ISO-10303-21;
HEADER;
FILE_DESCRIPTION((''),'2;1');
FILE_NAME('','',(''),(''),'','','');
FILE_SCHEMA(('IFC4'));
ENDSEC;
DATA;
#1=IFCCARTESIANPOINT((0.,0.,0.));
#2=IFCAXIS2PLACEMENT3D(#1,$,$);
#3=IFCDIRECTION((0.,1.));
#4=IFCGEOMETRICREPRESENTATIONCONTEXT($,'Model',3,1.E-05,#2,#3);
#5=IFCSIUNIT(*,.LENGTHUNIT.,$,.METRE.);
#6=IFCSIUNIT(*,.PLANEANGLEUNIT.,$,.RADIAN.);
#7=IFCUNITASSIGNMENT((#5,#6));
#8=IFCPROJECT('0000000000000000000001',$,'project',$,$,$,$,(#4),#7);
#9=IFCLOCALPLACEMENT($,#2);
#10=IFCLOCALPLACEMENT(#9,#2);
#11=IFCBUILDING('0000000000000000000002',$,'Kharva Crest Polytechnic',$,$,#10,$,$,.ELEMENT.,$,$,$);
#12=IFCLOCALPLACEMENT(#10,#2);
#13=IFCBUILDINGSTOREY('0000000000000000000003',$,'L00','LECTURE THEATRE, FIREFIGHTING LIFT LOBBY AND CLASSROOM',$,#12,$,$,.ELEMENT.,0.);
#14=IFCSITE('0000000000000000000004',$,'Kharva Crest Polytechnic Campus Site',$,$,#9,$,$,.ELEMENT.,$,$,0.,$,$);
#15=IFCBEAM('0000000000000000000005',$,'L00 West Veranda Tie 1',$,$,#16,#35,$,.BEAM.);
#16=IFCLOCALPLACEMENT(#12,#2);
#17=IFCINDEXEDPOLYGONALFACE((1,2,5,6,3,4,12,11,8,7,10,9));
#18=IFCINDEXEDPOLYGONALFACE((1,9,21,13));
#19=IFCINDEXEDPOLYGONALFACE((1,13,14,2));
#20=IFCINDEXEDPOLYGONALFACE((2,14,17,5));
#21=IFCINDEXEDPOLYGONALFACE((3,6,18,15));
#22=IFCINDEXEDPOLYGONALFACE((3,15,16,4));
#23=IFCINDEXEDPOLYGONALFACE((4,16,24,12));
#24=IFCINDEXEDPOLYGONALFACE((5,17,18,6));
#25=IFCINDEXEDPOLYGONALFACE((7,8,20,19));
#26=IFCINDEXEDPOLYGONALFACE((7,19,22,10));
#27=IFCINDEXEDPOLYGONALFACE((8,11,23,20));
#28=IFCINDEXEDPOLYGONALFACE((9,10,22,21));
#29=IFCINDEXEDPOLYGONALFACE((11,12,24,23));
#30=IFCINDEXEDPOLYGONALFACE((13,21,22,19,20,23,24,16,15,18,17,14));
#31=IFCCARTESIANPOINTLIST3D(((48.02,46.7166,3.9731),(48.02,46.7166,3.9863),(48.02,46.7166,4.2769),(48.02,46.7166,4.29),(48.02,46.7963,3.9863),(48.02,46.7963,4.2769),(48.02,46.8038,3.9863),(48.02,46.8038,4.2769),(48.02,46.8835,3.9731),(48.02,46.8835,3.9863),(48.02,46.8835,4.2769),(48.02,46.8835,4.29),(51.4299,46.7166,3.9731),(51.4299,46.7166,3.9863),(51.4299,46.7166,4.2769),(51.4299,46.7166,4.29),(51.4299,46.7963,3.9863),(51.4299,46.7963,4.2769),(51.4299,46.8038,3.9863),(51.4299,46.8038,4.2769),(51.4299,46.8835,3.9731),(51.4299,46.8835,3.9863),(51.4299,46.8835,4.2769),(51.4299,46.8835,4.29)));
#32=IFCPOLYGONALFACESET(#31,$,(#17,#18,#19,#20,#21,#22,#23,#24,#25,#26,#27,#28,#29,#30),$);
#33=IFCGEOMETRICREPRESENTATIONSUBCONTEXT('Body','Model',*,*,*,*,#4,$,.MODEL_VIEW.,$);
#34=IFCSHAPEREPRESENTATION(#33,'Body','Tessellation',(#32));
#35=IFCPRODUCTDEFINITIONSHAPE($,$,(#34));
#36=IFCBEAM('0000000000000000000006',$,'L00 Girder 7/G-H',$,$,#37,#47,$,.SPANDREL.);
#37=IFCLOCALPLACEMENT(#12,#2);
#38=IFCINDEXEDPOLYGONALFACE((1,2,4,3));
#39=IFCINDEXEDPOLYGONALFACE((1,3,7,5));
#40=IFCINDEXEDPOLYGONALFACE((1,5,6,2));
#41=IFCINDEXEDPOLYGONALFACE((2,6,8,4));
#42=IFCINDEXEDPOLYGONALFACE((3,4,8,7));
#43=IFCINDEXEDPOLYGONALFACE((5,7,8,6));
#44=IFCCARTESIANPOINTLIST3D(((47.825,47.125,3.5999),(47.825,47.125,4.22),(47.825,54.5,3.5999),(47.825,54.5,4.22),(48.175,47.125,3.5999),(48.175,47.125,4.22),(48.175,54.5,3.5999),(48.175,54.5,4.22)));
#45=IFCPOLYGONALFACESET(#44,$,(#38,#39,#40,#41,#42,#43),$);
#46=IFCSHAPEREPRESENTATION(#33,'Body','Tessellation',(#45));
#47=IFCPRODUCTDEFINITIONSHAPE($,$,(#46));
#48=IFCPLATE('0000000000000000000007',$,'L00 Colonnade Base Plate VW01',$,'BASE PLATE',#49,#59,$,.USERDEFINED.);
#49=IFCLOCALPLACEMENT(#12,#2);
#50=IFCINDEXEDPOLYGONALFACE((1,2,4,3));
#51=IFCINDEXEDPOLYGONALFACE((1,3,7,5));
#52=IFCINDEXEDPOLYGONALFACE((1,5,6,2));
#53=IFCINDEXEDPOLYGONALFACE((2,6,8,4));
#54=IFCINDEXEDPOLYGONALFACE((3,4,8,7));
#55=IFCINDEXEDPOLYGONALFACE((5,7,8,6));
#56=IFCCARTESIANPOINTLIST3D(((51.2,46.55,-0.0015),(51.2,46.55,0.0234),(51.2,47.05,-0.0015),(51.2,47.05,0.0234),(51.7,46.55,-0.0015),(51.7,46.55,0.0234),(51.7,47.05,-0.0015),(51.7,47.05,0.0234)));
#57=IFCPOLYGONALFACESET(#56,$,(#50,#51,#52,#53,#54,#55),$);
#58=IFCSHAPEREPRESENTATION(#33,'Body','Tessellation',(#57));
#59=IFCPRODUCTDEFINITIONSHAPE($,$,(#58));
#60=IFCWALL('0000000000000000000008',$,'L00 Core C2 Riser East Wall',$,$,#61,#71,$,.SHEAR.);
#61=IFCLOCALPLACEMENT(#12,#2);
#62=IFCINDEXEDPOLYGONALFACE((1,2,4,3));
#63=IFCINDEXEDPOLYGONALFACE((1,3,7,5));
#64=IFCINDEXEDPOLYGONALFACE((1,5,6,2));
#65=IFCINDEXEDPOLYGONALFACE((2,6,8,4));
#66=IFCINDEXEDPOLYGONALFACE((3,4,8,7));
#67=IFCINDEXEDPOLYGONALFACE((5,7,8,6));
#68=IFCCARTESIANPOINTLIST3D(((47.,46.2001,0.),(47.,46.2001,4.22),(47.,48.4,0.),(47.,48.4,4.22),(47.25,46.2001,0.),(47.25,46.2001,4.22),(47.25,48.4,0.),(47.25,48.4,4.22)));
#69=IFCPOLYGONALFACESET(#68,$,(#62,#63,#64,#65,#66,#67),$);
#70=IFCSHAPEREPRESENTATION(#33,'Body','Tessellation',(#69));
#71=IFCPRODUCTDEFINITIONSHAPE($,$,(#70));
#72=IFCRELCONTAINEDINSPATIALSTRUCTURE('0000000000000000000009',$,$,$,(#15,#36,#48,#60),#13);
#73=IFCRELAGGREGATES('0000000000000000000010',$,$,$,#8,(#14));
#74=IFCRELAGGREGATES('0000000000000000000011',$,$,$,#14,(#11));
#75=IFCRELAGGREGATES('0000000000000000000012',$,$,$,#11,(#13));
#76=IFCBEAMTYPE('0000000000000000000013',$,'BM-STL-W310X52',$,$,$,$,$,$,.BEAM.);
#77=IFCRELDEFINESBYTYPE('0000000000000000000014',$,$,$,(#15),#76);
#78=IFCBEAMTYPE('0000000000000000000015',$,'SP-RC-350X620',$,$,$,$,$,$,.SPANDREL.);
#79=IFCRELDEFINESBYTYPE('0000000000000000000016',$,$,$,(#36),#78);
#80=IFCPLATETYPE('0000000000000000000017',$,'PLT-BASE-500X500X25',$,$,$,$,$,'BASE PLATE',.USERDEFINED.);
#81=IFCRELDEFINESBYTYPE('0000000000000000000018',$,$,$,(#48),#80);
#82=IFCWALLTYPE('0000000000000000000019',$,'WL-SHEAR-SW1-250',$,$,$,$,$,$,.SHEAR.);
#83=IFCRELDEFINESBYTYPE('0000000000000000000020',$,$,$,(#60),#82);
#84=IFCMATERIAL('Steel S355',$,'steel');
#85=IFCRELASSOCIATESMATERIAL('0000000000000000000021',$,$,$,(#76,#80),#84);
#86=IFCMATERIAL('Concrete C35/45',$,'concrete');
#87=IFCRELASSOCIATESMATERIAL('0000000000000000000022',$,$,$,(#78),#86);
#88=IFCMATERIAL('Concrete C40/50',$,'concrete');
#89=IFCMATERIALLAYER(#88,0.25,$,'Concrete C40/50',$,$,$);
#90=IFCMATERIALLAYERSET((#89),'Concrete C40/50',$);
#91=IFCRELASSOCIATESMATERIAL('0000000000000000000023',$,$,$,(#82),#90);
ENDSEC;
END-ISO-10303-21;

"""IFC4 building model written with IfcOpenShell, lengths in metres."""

from ifc_helpers import new_model, si_unit, direction, frame, frame_2d, origin, origin_2d, place, context, subcontext, project, spatial, rectangle, i_section, extrude, material, layer, layer_set, material_profile, profile_set, type_object, element, save


model = new_model("IFC4")

# Units and contexts
model_context = context("Model", 3, precision=1e-05, world=origin(), true_north=direction((0.0, 1.0)))
body_context = subcontext(model_context, "Body", "Model", "MODEL_VIEW")
ifc_project = project(units=[si_unit("LENGTHUNIT", "METRE"), si_unit("PLANEANGLEUNIT", "RADIAN")], contexts=[model_context])

# Site, building, storey
site_placement = place(None, origin())
site = spatial("IfcSite", under=ifc_project, at=site_placement, Name="Kharva Crest Polytechnic Campus Site", CompositionType="ELEMENT", RefElevation=0.0)
building_placement = place(site_placement, origin())
building = spatial("IfcBuilding", under=site, at=building_placement, Name="Kharva Crest Polytechnic", CompositionType="ELEMENT")
storey_placement = place(building_placement, origin())
storey = spatial("IfcBuildingStorey", under=building, at=storey_placement, Name="L00", Description="LECTURE THEATRE, FIREFIGHTING LIFT LOBBY AND CLASSROOM", CompositionType="ELEMENT", Elevation=0.0)

# Shared definitions
ifc_material_1 = material(Name="Concrete C35/45", Category="concrete")

# Shared definitions
ifc_material_2 = material(Name="Concrete C40/50", Category="concrete")
ifc_material_3 = material(Name="Steel S355", Category="steel")

# Beams
ifc_material_profile_1 = material_profile(ifc_material_3, i_section(OverallWidth=0.167, OverallDepth=0.3169, WebThickness=0.0076, FlangeThickness=0.0132, at=origin_2d()), Name="W310X52")
ifc_profile_set_1 = profile_set([ifc_material_profile_1], Name="Steel S355")
beam_type_1 = type_object("IfcBeamType", Name="BM-STL-W310X52", PredefinedType="BEAM", material=ifc_profile_set_1)
beam_1_placement = place(storey_placement, frame((48.02, 46.8, 4.1316), z_axis=(1.0, 0.0, 0.0), x_axis=(0.0, 1.0, 0.0)))
element("IfcBeam", 1, at=beam_1_placement, inside=storey, type_object=beam_type_1, Name="L00 West Veranda Tie 1", PredefinedType="BEAM", context=body_context, shape_type="SweptSolid", body=[
    extrude(i_section(OverallWidth=0.167, OverallDepth=0.3169, WebThickness=0.0076, FlangeThickness=0.0132, at=origin_2d()), origin(), (0.0, 0.0, 1.0), 3.4099),
])
ifc_material_profile_2 = material_profile(ifc_material_1, rectangle(XDim=0.3501, YDim=0.6201, at=origin_2d()), Name="RECT 350 X 620")
ifc_profile_set_2 = profile_set([ifc_material_profile_2], Name="Concrete C35/45")
beam_type_2 = type_object("IfcBeamType", Name="SP-RC-350X620", PredefinedType="SPANDREL", material=ifc_profile_set_2)
beam_2_placement = place(storey_placement, frame((48.0, 47.125, 3.9099), z_axis=(0.0, 1.0, 0.0), x_axis=(-1.0, 0.0, 0.0)))
element("IfcBeam", 2, at=beam_2_placement, inside=storey, type_object=beam_type_2, Name="L00 Girder 7/G-H", PredefinedType="SPANDREL", context=body_context, shape_type="SweptSolid", body=[
    extrude(rectangle(XDim=0.3501, YDim=0.6201, at=origin_2d()), origin(), (0.0, 0.0, 1.0), 7.375),
])

# Plate
plate_type = type_object("IfcPlateType", Name="PLT-BASE-500X500X25", ElementType="BASE PLATE", PredefinedType="USERDEFINED", material=ifc_material_3)
plate_placement = place(storey_placement, frame((51.45, 46.8, -0.0015), z_axis=(0.0, 0.0, 1.0), x_axis=(1.0, 0.0, 0.0)))
element("IfcPlate", 3, at=plate_placement, inside=storey, type_object=plate_type, Name="L00 Colonnade Base Plate VW01", ObjectType="BASE PLATE", PredefinedType="USERDEFINED", context=body_context, shape_type="SweptSolid", body=[
    extrude(rectangle(XDim=0.5, YDim=0.5, at=origin_2d()), origin(), (0.0, 0.0, 1.0), 0.0249),
])

# Wall
ifc_layer_1 = layer(ifc_material_2, 0.25, Name="Concrete C40/50")
ifc_layer_set_1 = layer_set([ifc_layer_1], Name="Concrete C40/50")
wall_type_1 = type_object("IfcWallType", Name="WL-SHEAR-SW1-250", PredefinedType="SHEAR", material=ifc_layer_set_1)
wall_1_placement = place(storey_placement, frame((47.125, 46.2, 0.0), z_axis=(0.0, 0.0, 1.0), x_axis=(0.0, 1.0, 0.0)))
element("IfcWall", 4, at=wall_1_placement, inside=storey, type_object=wall_type_1, Name="L00 Core C2 Riser East Wall", PredefinedType="SHEAR", context=body_context, shape_type="SweptSolid", body=[
    extrude(rectangle(XDim=2.2, YDim=0.25, at=frame_2d((1.1001, 0.0))), origin(), (0.0, 0.0, 1.0), 4.22),
])

save(model, "model.ifc")
